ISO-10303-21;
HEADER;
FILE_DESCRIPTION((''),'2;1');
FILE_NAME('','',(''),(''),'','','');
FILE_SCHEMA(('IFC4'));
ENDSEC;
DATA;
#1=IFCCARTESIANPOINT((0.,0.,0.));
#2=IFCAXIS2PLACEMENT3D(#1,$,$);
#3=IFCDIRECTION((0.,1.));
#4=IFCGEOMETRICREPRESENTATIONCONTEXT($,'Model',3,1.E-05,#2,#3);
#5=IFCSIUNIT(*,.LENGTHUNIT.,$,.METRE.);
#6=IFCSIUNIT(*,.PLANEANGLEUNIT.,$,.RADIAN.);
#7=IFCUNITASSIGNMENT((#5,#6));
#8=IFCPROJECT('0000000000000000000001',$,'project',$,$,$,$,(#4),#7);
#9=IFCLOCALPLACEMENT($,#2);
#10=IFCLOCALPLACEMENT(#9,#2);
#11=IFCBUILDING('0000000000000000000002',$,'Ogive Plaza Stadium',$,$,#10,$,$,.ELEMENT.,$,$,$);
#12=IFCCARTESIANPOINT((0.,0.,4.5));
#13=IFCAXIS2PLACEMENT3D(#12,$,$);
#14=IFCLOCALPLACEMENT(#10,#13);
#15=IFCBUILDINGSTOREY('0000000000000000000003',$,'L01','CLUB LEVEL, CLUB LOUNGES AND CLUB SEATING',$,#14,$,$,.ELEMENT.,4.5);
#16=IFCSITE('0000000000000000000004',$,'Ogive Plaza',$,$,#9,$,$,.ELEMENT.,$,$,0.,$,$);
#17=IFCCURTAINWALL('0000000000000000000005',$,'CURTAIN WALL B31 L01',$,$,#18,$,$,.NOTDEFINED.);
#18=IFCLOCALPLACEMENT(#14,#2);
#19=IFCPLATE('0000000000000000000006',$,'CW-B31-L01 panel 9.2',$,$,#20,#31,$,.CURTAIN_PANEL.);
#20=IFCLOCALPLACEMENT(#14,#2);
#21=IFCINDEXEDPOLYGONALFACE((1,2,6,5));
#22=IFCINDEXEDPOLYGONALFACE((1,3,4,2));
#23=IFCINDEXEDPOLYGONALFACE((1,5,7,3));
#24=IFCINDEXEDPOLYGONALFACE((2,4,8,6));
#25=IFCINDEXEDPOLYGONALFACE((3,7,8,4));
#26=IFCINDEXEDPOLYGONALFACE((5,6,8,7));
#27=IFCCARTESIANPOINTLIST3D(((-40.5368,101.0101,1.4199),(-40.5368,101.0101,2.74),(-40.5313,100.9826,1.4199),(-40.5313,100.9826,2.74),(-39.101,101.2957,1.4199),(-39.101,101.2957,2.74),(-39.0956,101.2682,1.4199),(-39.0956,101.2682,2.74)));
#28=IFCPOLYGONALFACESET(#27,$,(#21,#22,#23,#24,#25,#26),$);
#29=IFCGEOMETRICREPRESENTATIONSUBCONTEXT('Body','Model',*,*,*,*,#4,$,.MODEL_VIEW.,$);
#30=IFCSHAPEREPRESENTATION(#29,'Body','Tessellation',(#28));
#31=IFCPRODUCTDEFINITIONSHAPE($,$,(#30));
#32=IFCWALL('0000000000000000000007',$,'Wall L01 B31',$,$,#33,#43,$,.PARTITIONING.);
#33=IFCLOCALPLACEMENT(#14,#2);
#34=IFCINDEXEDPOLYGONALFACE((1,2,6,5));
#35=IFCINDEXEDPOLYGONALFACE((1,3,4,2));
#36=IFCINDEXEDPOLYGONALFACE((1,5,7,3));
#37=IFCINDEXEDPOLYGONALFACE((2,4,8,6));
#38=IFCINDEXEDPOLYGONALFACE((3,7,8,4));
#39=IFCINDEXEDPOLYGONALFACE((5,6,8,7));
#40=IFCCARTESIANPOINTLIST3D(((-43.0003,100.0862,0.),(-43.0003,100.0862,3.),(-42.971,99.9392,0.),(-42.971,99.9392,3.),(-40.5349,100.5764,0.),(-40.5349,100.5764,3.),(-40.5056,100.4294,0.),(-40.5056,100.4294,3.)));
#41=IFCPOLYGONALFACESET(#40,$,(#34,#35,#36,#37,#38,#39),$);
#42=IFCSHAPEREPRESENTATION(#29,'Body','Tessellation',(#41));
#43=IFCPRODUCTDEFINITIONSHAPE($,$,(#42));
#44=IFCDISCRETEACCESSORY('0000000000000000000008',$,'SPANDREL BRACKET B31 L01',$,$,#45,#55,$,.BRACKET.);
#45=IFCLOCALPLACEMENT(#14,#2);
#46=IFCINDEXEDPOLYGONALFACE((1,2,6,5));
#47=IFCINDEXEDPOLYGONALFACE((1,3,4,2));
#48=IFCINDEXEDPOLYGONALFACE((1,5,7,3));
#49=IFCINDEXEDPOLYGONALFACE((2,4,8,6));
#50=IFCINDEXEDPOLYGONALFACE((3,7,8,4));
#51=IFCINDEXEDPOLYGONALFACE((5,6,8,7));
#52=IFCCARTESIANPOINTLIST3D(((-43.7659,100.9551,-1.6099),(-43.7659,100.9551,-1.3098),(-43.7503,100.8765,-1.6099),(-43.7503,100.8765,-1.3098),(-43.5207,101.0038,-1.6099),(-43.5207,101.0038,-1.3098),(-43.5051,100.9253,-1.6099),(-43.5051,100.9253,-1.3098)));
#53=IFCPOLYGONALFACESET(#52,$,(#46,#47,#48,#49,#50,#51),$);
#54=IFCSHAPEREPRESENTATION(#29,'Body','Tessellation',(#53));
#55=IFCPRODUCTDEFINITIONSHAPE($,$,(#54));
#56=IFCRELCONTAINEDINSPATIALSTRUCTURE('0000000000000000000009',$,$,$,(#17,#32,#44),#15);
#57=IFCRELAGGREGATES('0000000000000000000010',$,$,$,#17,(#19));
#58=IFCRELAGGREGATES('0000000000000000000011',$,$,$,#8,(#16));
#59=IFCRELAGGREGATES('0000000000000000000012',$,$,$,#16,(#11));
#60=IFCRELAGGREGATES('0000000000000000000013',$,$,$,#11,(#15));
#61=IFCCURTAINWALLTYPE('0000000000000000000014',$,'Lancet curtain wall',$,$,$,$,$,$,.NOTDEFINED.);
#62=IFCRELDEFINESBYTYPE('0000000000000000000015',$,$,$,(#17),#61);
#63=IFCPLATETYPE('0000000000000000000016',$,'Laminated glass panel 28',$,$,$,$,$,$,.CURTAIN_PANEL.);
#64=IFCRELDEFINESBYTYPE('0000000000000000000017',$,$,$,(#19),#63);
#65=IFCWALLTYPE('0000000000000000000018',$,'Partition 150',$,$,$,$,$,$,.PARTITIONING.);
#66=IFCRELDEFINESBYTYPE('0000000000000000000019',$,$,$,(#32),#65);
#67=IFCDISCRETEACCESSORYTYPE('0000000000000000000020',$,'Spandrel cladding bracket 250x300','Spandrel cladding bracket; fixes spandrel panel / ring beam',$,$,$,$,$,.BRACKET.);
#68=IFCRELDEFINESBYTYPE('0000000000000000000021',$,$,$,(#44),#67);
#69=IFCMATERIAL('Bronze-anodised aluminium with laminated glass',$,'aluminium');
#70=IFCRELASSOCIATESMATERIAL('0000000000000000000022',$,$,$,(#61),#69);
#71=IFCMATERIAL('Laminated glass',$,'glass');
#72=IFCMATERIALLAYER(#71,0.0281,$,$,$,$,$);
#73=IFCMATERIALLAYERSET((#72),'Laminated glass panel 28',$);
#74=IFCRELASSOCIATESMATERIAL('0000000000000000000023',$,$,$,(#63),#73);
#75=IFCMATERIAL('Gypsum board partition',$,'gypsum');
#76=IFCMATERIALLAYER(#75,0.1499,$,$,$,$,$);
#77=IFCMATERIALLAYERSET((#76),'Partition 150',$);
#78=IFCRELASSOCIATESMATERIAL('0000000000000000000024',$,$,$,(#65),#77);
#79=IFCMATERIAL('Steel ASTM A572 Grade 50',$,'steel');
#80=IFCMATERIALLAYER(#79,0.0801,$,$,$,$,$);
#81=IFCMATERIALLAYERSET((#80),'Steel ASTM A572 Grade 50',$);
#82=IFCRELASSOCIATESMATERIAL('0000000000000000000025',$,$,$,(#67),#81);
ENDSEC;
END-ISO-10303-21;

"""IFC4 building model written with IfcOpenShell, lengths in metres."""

from ifc_helpers import new_model, si_unit, direction, frame, frame_2d, origin, origin_2d, place, context, subcontext, project, spatial, rectangle, extrude, material, layer, layer_set, type_object, element, aggregate, save


model = new_model("IFC4")

# Units and contexts
model_context = context("Model", 3, precision=1e-05, world=origin(), true_north=direction((0.0, 1.0)))
body_context = subcontext(model_context, "Body", "Model", "MODEL_VIEW")
ifc_project = project(units=[si_unit("LENGTHUNIT", "METRE"), si_unit("PLANEANGLEUNIT", "RADIAN")], contexts=[model_context])

# Site, building, storey
site_placement = place(None, origin())
site = spatial("IfcSite", under=ifc_project, at=site_placement, Name="Ogive Plaza", CompositionType="ELEMENT", RefElevation=0.0)
building_placement = place(site_placement, origin())
building = spatial("IfcBuilding", under=site, at=building_placement, Name="Ogive Plaza Stadium", CompositionType="ELEMENT")
storey_placement = place(building_placement, frame((0.0, 0.0, 4.5)))
storey = spatial("IfcBuildingStorey", under=building, at=storey_placement, Name="L01", Description="CLUB LEVEL, CLUB LOUNGES AND CLUB SEATING", CompositionType="ELEMENT", Elevation=4.5)

# Curtain wall, plate
ifc_material_1 = material(Name="Bronze-anodised aluminium with laminated glass", Category="aluminium")
curtain_wall_type = type_object("IfcCurtainWallType", Name="Lancet curtain wall", PredefinedType="NOTDEFINED", material=ifc_material_1)
curtain_wall_placement = place(storey_placement, origin())
curtain_wall = element("IfcCurtainWall", 1, at=curtain_wall_placement, inside=storey, type_object=curtain_wall_type, Name="CURTAIN WALL B31 L01", PredefinedType="NOTDEFINED")
ifc_material_2 = material(Name="Laminated glass", Category="glass")
ifc_layer_1 = layer(ifc_material_2, 0.0281)
ifc_layer_set_1 = layer_set([ifc_layer_1], Name="Laminated glass panel 28")
plate_type = type_object("IfcPlateType", Name="Laminated glass panel 28", PredefinedType="CURTAIN_PANEL", material=ifc_layer_set_1)
plate_1_placement = place(storey_placement, frame((-39.8162, 101.1392, 1.4199), z_axis=(0.0, 0.0, 1.0), x_axis=(0.980785, 0.19509, 0.0)))
plate_1 = element("IfcPlate", 2, at=plate_1_placement, type_object=plate_type, Name="CW-B31-L01 panel 9.2", PredefinedType="CURTAIN_PANEL", context=body_context, shape_type="SweptSolid", body=[
    extrude(rectangle(XDim=1.4639, YDim=0.0281, at=origin_2d()), origin(), (0.0, 0.0, 1.0), 1.3201),
])
aggregate(curtain_wall, [plate_1])

# Wall
ifc_material_3 = material(Name="Gypsum board partition", Category="gypsum")
ifc_layer_2 = layer(ifc_material_3, 0.1499)
ifc_layer_set_2 = layer_set([ifc_layer_2], Name="Partition 150")
wall_type = type_object("IfcWallType", Name="Partition 150", PredefinedType="PARTITIONING", material=ifc_layer_set_2)
wall_placement = place(storey_placement, frame((-40.5203, 100.5029, 0.0), z_axis=(0.0, 0.0, 1.0), x_axis=(-0.980797, -0.195033, 0.0)))
element("IfcWall", 3, at=wall_placement, inside=storey, type_object=wall_type, Name="Wall L01 B31", PredefinedType="PARTITIONING", context=body_context, shape_type="SweptSolid", body=[
    extrude(rectangle(XDim=2.5137, YDim=0.1499, at=frame_2d((1.2568, 0.0))), origin(), (0.0, 0.0, 1.0), 3.0),
])

# Discrete accessory
ifc_material_4 = material(Name="Steel ASTM A572 Grade 50", Category="steel")
ifc_layer_3 = layer(ifc_material_4, 0.0801)
ifc_layer_set_3 = layer_set([ifc_layer_3], Name="Steel ASTM A572 Grade 50")
discrete_accessory_type = type_object("IfcDiscreteAccessoryType", Name="Spandrel cladding bracket 250x300", Description="Spandrel cladding bracket; fixes spandrel panel / ring beam", PredefinedType="BRACKET", material=ifc_layer_set_3)
discrete_accessory_placement = place(storey_placement, frame((-43.6355, 100.9402, -1.6099), z_axis=(0.0, 0.0, 1.0), x_axis=(0.980785, 0.19509, 0.0)))
element("IfcDiscreteAccessory", 4, at=discrete_accessory_placement, inside=storey, type_object=discrete_accessory_type, Name="SPANDREL BRACKET B31 L01", PredefinedType="BRACKET", context=body_context, shape_type="SweptSolid", body=[
    extrude(rectangle(XDim=0.25, YDim=0.0801, at=origin_2d()), origin(), (0.0, 0.0, 1.0), 0.3),
])

save(model, "model.ifc")
